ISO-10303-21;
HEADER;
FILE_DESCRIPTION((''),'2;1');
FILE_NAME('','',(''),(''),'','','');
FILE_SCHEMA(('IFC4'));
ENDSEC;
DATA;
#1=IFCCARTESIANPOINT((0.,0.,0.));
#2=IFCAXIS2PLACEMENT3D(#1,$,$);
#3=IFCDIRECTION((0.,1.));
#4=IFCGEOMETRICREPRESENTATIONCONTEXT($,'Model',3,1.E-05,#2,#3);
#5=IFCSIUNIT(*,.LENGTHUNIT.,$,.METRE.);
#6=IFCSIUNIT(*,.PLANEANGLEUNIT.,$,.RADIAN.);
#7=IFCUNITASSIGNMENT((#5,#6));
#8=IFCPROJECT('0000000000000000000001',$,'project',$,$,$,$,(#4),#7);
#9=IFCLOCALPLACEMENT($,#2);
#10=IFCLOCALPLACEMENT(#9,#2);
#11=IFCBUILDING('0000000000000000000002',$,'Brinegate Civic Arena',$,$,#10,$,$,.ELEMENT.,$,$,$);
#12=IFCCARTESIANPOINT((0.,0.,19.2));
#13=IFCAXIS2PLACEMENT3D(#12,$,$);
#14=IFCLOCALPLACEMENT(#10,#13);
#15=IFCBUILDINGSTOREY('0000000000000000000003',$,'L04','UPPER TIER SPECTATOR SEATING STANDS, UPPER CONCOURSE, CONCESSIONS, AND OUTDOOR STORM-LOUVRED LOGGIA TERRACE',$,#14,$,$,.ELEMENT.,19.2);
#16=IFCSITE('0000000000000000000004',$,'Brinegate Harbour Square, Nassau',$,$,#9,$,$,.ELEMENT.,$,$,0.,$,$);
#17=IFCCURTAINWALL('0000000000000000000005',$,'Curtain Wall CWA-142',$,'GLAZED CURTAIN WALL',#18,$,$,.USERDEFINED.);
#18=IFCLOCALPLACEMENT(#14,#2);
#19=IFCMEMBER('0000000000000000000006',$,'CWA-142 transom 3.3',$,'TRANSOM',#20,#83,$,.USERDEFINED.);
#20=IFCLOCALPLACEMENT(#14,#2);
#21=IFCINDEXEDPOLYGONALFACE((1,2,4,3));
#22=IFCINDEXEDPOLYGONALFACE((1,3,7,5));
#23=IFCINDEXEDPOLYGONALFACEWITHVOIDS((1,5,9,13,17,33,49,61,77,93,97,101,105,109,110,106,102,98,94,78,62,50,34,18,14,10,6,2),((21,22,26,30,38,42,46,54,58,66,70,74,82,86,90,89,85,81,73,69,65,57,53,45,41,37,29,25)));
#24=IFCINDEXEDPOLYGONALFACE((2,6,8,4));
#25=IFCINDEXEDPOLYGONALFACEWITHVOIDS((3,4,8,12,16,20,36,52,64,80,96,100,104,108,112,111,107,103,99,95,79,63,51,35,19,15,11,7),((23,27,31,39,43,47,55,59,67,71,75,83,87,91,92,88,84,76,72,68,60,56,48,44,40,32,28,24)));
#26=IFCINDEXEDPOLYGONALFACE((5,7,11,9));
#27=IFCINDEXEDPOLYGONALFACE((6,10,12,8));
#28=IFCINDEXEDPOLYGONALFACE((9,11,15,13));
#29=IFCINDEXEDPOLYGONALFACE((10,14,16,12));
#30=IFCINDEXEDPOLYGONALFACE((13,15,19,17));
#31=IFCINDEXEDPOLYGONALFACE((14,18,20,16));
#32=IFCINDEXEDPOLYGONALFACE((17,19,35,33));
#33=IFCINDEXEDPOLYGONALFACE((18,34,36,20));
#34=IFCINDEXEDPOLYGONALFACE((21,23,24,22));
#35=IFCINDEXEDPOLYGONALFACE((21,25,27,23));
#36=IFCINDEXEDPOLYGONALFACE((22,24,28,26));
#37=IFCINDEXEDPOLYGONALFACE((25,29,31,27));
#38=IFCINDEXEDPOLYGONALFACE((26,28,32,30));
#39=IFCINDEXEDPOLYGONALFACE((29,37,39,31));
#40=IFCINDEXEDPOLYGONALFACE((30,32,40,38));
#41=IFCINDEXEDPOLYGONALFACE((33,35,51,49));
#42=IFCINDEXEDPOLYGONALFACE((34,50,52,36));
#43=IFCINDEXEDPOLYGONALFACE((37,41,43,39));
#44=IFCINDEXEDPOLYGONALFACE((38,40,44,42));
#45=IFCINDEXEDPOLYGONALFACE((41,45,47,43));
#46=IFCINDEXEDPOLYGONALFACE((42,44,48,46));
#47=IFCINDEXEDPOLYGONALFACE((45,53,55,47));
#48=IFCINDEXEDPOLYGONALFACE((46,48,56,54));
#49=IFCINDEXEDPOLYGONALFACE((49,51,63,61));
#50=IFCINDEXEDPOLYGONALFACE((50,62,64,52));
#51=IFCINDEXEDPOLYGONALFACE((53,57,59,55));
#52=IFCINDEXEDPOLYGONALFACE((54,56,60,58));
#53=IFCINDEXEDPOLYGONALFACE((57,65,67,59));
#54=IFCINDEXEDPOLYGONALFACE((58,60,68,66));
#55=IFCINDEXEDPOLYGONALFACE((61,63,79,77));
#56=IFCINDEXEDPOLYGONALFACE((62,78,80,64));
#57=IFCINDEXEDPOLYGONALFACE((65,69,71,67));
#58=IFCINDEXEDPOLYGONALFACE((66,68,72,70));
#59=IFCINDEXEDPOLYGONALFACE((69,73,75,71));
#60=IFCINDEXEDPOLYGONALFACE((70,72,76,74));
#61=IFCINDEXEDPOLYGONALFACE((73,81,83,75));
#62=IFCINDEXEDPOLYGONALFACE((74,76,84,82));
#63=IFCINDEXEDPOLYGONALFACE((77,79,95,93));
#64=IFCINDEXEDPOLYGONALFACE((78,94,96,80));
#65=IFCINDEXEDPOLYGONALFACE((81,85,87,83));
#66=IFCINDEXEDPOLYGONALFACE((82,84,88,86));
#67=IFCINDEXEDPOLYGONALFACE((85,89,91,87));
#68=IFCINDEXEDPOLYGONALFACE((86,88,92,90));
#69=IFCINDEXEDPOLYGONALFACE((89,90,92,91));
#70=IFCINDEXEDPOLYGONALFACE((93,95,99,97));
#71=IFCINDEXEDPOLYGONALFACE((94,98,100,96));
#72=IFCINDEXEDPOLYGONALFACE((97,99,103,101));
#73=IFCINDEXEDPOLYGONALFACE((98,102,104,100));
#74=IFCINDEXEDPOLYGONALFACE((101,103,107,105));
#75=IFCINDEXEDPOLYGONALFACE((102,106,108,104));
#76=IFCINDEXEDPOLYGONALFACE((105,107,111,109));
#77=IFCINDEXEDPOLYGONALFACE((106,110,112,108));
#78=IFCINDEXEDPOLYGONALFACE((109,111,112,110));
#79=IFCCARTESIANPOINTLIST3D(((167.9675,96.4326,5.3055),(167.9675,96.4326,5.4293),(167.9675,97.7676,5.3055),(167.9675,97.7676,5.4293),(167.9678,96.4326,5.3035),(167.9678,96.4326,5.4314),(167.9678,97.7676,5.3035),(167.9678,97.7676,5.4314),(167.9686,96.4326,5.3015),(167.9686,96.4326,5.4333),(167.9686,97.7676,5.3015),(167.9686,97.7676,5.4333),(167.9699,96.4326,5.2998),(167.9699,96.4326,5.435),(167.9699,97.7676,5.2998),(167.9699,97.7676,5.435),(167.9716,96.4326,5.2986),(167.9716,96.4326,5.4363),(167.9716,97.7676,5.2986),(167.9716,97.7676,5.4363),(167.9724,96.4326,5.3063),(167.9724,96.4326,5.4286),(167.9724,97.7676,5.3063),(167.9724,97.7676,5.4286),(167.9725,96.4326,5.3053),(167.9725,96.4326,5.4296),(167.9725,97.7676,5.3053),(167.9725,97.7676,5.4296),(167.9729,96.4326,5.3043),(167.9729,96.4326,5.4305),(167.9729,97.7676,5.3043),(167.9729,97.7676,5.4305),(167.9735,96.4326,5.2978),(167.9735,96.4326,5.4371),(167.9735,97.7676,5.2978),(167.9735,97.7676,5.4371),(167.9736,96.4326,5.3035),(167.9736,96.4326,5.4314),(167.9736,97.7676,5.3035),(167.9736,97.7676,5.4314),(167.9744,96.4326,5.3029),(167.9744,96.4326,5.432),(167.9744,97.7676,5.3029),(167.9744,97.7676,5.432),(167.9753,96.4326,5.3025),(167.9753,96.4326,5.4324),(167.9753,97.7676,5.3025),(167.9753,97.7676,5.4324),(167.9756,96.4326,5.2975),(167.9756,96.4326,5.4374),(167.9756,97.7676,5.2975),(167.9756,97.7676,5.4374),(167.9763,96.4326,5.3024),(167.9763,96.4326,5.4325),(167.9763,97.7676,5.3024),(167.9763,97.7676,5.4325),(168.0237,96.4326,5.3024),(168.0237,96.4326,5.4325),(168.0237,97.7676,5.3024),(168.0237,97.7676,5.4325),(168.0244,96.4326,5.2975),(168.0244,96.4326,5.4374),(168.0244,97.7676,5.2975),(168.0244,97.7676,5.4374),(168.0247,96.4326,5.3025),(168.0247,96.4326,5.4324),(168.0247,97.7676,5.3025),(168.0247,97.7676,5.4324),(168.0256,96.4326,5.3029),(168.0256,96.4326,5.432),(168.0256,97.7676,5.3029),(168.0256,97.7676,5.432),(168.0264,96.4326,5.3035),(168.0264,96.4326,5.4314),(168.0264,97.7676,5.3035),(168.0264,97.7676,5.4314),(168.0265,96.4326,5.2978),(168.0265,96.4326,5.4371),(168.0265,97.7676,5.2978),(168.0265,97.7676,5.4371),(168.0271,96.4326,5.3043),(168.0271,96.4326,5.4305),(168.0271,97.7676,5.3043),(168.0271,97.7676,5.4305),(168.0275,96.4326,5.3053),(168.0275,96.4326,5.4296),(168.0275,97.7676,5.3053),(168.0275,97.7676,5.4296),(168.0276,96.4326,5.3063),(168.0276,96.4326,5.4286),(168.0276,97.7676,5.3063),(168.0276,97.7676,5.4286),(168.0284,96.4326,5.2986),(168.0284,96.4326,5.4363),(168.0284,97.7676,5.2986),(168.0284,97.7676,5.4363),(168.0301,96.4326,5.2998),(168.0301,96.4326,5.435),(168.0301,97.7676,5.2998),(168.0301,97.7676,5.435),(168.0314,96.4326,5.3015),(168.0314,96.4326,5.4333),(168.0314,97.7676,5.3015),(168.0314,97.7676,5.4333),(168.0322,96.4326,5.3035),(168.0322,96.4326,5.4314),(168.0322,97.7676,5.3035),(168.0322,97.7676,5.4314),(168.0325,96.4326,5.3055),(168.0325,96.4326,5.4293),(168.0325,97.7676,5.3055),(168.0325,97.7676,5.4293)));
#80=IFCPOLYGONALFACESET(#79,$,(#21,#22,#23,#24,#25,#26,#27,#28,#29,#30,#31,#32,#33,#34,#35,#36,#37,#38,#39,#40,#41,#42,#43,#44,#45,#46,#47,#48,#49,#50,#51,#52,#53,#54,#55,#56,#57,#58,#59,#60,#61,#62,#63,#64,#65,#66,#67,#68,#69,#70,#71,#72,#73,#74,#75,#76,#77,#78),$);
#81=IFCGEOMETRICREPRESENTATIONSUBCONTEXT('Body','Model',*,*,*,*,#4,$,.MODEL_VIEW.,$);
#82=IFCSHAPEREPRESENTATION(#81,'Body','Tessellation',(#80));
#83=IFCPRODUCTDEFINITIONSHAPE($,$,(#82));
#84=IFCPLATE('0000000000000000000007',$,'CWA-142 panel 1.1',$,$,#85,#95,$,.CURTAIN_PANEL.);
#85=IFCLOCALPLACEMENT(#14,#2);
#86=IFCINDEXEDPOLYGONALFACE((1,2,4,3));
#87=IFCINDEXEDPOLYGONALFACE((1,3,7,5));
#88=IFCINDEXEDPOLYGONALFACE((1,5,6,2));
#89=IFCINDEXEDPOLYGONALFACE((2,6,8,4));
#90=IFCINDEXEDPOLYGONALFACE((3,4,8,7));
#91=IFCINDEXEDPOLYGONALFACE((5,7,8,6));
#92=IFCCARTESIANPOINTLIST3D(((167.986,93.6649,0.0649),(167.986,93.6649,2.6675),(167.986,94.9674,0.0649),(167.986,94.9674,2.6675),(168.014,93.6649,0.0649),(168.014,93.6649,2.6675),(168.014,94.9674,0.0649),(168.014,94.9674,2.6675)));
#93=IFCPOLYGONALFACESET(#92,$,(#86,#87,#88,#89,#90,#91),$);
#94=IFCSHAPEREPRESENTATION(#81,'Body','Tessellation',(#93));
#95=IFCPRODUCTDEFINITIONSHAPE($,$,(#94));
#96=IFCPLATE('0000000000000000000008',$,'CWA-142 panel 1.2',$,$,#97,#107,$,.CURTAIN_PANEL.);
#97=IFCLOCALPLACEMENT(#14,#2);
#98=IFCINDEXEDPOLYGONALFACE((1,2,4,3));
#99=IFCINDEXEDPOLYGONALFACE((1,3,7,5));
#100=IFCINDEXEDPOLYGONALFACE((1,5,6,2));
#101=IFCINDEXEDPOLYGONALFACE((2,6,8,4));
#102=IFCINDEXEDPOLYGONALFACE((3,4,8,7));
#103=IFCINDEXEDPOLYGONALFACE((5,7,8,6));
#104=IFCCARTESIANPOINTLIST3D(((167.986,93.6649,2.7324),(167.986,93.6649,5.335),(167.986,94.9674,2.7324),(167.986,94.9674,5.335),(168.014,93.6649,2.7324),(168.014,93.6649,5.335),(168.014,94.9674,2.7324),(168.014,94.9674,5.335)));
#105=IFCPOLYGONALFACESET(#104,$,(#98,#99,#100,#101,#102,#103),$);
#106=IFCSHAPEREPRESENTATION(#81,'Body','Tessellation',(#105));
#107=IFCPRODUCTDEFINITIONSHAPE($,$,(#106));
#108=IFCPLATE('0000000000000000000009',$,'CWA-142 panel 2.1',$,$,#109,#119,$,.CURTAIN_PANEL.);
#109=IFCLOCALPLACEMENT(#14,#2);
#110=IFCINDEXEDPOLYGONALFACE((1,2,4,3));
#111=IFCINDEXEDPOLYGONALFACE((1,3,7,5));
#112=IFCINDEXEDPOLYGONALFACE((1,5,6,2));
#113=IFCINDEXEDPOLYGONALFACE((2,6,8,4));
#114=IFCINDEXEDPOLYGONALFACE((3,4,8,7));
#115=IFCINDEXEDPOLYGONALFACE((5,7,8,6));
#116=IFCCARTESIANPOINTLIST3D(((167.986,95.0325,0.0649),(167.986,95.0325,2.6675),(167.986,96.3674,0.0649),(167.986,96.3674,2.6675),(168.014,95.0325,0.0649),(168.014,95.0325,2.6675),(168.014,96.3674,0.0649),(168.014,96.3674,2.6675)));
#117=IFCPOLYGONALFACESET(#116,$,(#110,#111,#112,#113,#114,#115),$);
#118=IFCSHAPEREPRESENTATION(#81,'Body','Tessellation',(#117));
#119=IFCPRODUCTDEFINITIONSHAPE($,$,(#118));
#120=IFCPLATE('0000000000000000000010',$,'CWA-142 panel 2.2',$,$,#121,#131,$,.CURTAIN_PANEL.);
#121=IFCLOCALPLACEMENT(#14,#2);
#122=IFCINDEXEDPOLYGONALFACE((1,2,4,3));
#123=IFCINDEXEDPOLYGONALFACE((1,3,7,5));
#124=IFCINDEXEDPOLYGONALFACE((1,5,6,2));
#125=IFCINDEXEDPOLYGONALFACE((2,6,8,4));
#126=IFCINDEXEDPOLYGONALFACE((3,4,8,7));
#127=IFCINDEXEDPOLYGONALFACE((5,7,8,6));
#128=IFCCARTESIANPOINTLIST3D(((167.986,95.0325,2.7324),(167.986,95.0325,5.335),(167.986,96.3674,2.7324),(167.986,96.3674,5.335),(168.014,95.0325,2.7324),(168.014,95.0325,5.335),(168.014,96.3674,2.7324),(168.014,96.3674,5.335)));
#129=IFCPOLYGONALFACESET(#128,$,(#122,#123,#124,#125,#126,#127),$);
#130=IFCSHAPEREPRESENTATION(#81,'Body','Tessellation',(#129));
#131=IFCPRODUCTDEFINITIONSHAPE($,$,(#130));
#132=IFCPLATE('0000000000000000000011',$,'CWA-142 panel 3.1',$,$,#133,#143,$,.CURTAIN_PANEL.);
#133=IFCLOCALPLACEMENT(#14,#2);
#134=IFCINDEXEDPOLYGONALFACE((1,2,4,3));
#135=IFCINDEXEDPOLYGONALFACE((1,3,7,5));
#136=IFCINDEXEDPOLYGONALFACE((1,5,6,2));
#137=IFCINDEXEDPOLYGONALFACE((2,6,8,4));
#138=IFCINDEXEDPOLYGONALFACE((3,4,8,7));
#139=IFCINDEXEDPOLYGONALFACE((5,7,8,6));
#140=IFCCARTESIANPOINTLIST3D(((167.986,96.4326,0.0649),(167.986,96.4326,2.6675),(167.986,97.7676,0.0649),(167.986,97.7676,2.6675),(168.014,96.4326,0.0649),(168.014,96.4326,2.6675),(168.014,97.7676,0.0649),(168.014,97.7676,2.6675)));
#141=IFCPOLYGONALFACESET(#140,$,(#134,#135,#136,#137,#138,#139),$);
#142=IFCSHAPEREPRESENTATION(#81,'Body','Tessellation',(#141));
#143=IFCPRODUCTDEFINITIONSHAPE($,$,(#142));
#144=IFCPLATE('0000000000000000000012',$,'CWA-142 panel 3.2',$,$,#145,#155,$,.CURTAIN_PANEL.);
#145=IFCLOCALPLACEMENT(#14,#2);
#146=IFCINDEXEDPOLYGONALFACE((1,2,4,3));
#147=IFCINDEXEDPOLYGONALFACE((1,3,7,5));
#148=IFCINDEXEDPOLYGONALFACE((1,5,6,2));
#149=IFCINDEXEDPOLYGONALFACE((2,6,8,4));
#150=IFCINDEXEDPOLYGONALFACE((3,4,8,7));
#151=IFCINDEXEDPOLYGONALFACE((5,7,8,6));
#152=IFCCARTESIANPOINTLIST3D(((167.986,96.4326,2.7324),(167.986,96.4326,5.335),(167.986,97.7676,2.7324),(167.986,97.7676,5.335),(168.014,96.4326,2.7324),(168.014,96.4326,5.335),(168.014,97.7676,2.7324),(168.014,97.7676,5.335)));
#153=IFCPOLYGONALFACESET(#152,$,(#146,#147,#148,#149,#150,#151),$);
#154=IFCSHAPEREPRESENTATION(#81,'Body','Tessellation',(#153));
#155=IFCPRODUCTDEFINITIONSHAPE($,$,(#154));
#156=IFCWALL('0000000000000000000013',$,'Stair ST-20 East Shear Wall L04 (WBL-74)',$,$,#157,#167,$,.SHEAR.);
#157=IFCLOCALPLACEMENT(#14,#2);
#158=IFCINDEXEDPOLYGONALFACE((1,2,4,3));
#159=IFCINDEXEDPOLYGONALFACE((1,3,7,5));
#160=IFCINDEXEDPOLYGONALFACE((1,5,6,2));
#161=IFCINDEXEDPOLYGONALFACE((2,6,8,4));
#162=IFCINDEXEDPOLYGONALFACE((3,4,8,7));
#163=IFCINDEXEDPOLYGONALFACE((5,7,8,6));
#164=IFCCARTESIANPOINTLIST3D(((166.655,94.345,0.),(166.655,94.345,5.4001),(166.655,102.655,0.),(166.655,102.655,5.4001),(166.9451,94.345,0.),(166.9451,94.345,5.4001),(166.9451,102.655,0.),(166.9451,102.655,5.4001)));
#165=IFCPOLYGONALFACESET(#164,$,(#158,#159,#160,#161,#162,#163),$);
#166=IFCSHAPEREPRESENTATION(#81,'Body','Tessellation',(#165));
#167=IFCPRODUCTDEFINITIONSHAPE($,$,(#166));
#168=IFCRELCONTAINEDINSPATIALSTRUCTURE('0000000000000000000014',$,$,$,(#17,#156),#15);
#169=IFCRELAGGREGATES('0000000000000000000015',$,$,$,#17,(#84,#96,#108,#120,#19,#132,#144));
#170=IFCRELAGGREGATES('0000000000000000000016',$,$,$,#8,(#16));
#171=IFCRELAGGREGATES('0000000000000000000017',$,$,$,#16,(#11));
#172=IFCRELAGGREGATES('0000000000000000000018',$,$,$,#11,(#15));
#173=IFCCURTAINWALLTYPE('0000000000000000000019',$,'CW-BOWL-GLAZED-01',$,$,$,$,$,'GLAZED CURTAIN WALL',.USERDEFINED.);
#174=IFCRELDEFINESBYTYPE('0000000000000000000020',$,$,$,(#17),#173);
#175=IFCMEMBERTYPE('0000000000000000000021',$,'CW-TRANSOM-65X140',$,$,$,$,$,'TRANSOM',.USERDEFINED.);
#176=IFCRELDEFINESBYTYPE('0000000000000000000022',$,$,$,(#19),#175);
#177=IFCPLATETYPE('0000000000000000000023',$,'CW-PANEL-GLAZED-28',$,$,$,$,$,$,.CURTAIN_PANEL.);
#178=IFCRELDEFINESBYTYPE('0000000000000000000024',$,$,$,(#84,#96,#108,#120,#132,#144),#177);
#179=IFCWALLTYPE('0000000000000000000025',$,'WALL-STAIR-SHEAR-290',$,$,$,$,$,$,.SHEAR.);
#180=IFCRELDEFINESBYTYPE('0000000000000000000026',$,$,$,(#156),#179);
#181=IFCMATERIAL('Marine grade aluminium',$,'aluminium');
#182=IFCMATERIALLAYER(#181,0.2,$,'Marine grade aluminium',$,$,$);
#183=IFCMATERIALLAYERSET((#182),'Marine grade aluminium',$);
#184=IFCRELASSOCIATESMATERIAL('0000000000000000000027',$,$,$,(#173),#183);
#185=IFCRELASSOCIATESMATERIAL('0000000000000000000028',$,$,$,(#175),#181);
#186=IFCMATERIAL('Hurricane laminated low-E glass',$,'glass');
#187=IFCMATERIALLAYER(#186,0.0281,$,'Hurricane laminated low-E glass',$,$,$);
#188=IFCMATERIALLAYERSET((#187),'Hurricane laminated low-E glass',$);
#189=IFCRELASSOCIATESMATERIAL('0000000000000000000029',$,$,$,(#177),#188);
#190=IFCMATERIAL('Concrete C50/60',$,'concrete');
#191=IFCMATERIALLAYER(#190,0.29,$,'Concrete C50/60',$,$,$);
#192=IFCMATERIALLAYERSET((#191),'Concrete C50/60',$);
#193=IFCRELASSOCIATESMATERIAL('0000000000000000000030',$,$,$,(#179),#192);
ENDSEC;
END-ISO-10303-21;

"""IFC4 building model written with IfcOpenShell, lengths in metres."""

from ifc_helpers import new_model, si_unit, direction, frame, frame_2d, origin, origin_2d, place, context, subcontext, project, spatial, rectangle, hollow_rectangle, extrude, material, layer, layer_set, material_profile, profile_set, type_object, element, aggregate, save


model = new_model("IFC4")

# Units and contexts
model_context = context("Model", 3, precision=1e-05, world=origin(), true_north=direction((0.0, 1.0)))
body_context = subcontext(model_context, "Body", "Model", "MODEL_VIEW")
ifc_project = project(units=[si_unit("LENGTHUNIT", "METRE"), si_unit("PLANEANGLEUNIT", "RADIAN")], contexts=[model_context])

# Site, building, storey
site_placement = place(None, origin())
site = spatial("IfcSite", under=ifc_project, at=site_placement, Name="Brinegate Harbour Square, Nassau", CompositionType="ELEMENT", RefElevation=0.0)
building_placement = place(site_placement, origin())
building = spatial("IfcBuilding", under=site, at=building_placement, Name="Brinegate Civic Arena", CompositionType="ELEMENT")
storey_placement = place(building_placement, frame((0.0, 0.0, 19.2)))
storey = spatial("IfcBuildingStorey", under=building, at=storey_placement, Name="L04", Description="UPPER TIER SPECTATOR SEATING STANDS, UPPER CONCOURSE, CONCESSIONS, AND OUTDOOR STORM-LOUVRED LOGGIA TERRACE", CompositionType="ELEMENT", Elevation=19.2)

# Curtain wall, member, plates
ifc_material_1 = material(Name="Marine grade aluminium", Category="aluminium")
ifc_layer_1 = layer(ifc_material_1, 0.2, Name="Marine grade aluminium")
ifc_layer_set_1 = layer_set([ifc_layer_1], Name="Marine grade aluminium")
curtain_wall_type = type_object("IfcCurtainWallType", Name="CW-BOWL-GLAZED-01", ElementType="GLAZED CURTAIN WALL", PredefinedType="USERDEFINED", material=ifc_layer_set_1)
curtain_wall_placement = place(storey_placement, origin())
curtain_wall = element("IfcCurtainWall", 1, at=curtain_wall_placement, inside=storey, type_object=curtain_wall_type, Name="Curtain Wall CWA-142", ObjectType="GLAZED CURTAIN WALL", PredefinedType="USERDEFINED")
ifc_material_profile_1 = material_profile(ifc_material_1, hollow_rectangle(XDim=0.0649, YDim=0.1399, WallThickness=0.0049, InnerFilletRadius=0.0039, OuterFilletRadius=0.0081, at=origin_2d()), Name="TRN65X140")
ifc_profile_set_1 = profile_set([ifc_material_profile_1], Name="Marine grade aluminium")
member_type_1 = type_object("IfcMemberType", Name="CW-TRANSOM-65X140", ElementType="TRANSOM", PredefinedType="USERDEFINED", material=ifc_profile_set_1)
member_1_placement = place(storey_placement, frame((168.0, 96.4326, 5.3674), z_axis=(0.0, 1.0, 0.0), x_axis=(-1.0, 0.0, 0.0)))
member_1 = element("IfcMember", 2, at=member_1_placement, type_object=member_type_1, Name="CWA-142 transom 3.3", ObjectType="TRANSOM", PredefinedType="USERDEFINED", context=body_context, shape_type="SweptSolid", body=[
    extrude(hollow_rectangle(XDim=0.0649, YDim=0.1399, WallThickness=0.0049, InnerFilletRadius=0.0039, OuterFilletRadius=0.0081, at=origin_2d()), origin(), (0.0, 0.0, 1.0), 1.335),
])
ifc_material_2 = material(Name="Hurricane laminated low-E glass", Category="glass")
ifc_layer_2 = layer(ifc_material_2, 0.0281, Name="Hurricane laminated low-E glass")
ifc_layer_set_2 = layer_set([ifc_layer_2], Name="Hurricane laminated low-E glass")
plate_type = type_object("IfcPlateType", Name="CW-PANEL-GLAZED-28", PredefinedType="CURTAIN_PANEL", material=ifc_layer_set_2)
plate_1_placement = place(storey_placement, frame((168.0, 94.3162, 0.0649), z_axis=(0.0, 0.0, 1.0), x_axis=(0.0, 1.0, 0.0)))
plate_1 = element("IfcPlate", 3, at=plate_1_placement, type_object=plate_type, Name="CWA-142 panel 1.1", PredefinedType="CURTAIN_PANEL", context=body_context, shape_type="SweptSolid", body=[
    extrude(rectangle(XDim=1.3025, YDim=0.0281, at=origin_2d()), origin(), (0.0, 0.0, 1.0), 2.6025),
])
plate_2_placement = place(storey_placement, frame((168.0, 94.3162, 2.7324), z_axis=(0.0, 0.0, 1.0), x_axis=(0.0, 1.0, 0.0)))
plate_2 = element("IfcPlate", 4, at=plate_2_placement, type_object=plate_type, Name="CWA-142 panel 1.2", PredefinedType="CURTAIN_PANEL", context=body_context, shape_type="SweptSolid", body=[
    extrude(rectangle(XDim=1.3025, YDim=0.0281, at=origin_2d()), origin(), (0.0, 0.0, 1.0), 2.6025),
])
plate_3_placement = place(storey_placement, frame((168.0, 95.7, 0.0649), z_axis=(0.0, 0.0, 1.0), x_axis=(0.0, 1.0, 0.0)))
plate_3 = element("IfcPlate", 5, at=plate_3_placement, type_object=plate_type, Name="CWA-142 panel 2.1", PredefinedType="CURTAIN_PANEL", context=body_context, shape_type="SweptSolid", body=[
    extrude(rectangle(XDim=1.335, YDim=0.0281, at=origin_2d()), origin(), (0.0, 0.0, 1.0), 2.6025),
])
plate_4_placement = place(storey_placement, frame((168.0, 95.7, 2.7324), z_axis=(0.0, 0.0, 1.0), x_axis=(0.0, 1.0, 0.0)))
plate_4 = element("IfcPlate", 6, at=plate_4_placement, type_object=plate_type, Name="CWA-142 panel 2.2", PredefinedType="CURTAIN_PANEL", context=body_context, shape_type="SweptSolid", body=[
    extrude(rectangle(XDim=1.335, YDim=0.0281, at=origin_2d()), origin(), (0.0, 0.0, 1.0), 2.6025),
])
plate_5_placement = place(storey_placement, frame((168.0, 97.1001, 0.0649), z_axis=(0.0, 0.0, 1.0), x_axis=(0.0, 1.0, 0.0)))
plate_5 = element("IfcPlate", 7, at=plate_5_placement, type_object=plate_type, Name="CWA-142 panel 3.1", PredefinedType="CURTAIN_PANEL", context=body_context, shape_type="SweptSolid", body=[
    extrude(rectangle(XDim=1.335, YDim=0.0281, at=origin_2d()), origin(), (0.0, 0.0, 1.0), 2.6025),
])
plate_6_placement = place(storey_placement, frame((168.0, 97.1001, 2.7324), z_axis=(0.0, 0.0, 1.0), x_axis=(0.0, 1.0, 0.0)))
plate_6 = element("IfcPlate", 8, at=plate_6_placement, type_object=plate_type, Name="CWA-142 panel 3.2", PredefinedType="CURTAIN_PANEL", context=body_context, shape_type="SweptSolid", body=[
    extrude(rectangle(XDim=1.335, YDim=0.0281, at=origin_2d()), origin(), (0.0, 0.0, 1.0), 2.6025),
])
aggregate(curtain_wall, [plate_1, plate_2, plate_3, plate_4, member_1, plate_5, plate_6])

# Wall
ifc_material_3 = material(Name="Concrete C50/60", Category="concrete")
ifc_layer_3 = layer(ifc_material_3, 0.29, Name="Concrete C50/60")
ifc_layer_set_3 = layer_set([ifc_layer_3], Name="Concrete C50/60")
wall_type = type_object("IfcWallType", Name="WALL-STAIR-SHEAR-290", PredefinedType="SHEAR", material=ifc_layer_set_3)
wall_placement = place(storey_placement, frame((166.8, 94.345, 0.0), z_axis=(0.0, 0.0, 1.0), x_axis=(0.0, 1.0, 0.0)))
element("IfcWall", 9, at=wall_placement, inside=storey, type_object=wall_type, Name="Stair ST-20 East Shear Wall L04 (WBL-74)", PredefinedType="SHEAR", context=body_context, shape_type="SweptSolid", body=[
    extrude(rectangle(XDim=8.3101, YDim=0.29, at=frame_2d((4.155, 0.0))), origin(), (0.0, 0.0, 1.0), 5.4001),
])

save(model, "model.ifc")
